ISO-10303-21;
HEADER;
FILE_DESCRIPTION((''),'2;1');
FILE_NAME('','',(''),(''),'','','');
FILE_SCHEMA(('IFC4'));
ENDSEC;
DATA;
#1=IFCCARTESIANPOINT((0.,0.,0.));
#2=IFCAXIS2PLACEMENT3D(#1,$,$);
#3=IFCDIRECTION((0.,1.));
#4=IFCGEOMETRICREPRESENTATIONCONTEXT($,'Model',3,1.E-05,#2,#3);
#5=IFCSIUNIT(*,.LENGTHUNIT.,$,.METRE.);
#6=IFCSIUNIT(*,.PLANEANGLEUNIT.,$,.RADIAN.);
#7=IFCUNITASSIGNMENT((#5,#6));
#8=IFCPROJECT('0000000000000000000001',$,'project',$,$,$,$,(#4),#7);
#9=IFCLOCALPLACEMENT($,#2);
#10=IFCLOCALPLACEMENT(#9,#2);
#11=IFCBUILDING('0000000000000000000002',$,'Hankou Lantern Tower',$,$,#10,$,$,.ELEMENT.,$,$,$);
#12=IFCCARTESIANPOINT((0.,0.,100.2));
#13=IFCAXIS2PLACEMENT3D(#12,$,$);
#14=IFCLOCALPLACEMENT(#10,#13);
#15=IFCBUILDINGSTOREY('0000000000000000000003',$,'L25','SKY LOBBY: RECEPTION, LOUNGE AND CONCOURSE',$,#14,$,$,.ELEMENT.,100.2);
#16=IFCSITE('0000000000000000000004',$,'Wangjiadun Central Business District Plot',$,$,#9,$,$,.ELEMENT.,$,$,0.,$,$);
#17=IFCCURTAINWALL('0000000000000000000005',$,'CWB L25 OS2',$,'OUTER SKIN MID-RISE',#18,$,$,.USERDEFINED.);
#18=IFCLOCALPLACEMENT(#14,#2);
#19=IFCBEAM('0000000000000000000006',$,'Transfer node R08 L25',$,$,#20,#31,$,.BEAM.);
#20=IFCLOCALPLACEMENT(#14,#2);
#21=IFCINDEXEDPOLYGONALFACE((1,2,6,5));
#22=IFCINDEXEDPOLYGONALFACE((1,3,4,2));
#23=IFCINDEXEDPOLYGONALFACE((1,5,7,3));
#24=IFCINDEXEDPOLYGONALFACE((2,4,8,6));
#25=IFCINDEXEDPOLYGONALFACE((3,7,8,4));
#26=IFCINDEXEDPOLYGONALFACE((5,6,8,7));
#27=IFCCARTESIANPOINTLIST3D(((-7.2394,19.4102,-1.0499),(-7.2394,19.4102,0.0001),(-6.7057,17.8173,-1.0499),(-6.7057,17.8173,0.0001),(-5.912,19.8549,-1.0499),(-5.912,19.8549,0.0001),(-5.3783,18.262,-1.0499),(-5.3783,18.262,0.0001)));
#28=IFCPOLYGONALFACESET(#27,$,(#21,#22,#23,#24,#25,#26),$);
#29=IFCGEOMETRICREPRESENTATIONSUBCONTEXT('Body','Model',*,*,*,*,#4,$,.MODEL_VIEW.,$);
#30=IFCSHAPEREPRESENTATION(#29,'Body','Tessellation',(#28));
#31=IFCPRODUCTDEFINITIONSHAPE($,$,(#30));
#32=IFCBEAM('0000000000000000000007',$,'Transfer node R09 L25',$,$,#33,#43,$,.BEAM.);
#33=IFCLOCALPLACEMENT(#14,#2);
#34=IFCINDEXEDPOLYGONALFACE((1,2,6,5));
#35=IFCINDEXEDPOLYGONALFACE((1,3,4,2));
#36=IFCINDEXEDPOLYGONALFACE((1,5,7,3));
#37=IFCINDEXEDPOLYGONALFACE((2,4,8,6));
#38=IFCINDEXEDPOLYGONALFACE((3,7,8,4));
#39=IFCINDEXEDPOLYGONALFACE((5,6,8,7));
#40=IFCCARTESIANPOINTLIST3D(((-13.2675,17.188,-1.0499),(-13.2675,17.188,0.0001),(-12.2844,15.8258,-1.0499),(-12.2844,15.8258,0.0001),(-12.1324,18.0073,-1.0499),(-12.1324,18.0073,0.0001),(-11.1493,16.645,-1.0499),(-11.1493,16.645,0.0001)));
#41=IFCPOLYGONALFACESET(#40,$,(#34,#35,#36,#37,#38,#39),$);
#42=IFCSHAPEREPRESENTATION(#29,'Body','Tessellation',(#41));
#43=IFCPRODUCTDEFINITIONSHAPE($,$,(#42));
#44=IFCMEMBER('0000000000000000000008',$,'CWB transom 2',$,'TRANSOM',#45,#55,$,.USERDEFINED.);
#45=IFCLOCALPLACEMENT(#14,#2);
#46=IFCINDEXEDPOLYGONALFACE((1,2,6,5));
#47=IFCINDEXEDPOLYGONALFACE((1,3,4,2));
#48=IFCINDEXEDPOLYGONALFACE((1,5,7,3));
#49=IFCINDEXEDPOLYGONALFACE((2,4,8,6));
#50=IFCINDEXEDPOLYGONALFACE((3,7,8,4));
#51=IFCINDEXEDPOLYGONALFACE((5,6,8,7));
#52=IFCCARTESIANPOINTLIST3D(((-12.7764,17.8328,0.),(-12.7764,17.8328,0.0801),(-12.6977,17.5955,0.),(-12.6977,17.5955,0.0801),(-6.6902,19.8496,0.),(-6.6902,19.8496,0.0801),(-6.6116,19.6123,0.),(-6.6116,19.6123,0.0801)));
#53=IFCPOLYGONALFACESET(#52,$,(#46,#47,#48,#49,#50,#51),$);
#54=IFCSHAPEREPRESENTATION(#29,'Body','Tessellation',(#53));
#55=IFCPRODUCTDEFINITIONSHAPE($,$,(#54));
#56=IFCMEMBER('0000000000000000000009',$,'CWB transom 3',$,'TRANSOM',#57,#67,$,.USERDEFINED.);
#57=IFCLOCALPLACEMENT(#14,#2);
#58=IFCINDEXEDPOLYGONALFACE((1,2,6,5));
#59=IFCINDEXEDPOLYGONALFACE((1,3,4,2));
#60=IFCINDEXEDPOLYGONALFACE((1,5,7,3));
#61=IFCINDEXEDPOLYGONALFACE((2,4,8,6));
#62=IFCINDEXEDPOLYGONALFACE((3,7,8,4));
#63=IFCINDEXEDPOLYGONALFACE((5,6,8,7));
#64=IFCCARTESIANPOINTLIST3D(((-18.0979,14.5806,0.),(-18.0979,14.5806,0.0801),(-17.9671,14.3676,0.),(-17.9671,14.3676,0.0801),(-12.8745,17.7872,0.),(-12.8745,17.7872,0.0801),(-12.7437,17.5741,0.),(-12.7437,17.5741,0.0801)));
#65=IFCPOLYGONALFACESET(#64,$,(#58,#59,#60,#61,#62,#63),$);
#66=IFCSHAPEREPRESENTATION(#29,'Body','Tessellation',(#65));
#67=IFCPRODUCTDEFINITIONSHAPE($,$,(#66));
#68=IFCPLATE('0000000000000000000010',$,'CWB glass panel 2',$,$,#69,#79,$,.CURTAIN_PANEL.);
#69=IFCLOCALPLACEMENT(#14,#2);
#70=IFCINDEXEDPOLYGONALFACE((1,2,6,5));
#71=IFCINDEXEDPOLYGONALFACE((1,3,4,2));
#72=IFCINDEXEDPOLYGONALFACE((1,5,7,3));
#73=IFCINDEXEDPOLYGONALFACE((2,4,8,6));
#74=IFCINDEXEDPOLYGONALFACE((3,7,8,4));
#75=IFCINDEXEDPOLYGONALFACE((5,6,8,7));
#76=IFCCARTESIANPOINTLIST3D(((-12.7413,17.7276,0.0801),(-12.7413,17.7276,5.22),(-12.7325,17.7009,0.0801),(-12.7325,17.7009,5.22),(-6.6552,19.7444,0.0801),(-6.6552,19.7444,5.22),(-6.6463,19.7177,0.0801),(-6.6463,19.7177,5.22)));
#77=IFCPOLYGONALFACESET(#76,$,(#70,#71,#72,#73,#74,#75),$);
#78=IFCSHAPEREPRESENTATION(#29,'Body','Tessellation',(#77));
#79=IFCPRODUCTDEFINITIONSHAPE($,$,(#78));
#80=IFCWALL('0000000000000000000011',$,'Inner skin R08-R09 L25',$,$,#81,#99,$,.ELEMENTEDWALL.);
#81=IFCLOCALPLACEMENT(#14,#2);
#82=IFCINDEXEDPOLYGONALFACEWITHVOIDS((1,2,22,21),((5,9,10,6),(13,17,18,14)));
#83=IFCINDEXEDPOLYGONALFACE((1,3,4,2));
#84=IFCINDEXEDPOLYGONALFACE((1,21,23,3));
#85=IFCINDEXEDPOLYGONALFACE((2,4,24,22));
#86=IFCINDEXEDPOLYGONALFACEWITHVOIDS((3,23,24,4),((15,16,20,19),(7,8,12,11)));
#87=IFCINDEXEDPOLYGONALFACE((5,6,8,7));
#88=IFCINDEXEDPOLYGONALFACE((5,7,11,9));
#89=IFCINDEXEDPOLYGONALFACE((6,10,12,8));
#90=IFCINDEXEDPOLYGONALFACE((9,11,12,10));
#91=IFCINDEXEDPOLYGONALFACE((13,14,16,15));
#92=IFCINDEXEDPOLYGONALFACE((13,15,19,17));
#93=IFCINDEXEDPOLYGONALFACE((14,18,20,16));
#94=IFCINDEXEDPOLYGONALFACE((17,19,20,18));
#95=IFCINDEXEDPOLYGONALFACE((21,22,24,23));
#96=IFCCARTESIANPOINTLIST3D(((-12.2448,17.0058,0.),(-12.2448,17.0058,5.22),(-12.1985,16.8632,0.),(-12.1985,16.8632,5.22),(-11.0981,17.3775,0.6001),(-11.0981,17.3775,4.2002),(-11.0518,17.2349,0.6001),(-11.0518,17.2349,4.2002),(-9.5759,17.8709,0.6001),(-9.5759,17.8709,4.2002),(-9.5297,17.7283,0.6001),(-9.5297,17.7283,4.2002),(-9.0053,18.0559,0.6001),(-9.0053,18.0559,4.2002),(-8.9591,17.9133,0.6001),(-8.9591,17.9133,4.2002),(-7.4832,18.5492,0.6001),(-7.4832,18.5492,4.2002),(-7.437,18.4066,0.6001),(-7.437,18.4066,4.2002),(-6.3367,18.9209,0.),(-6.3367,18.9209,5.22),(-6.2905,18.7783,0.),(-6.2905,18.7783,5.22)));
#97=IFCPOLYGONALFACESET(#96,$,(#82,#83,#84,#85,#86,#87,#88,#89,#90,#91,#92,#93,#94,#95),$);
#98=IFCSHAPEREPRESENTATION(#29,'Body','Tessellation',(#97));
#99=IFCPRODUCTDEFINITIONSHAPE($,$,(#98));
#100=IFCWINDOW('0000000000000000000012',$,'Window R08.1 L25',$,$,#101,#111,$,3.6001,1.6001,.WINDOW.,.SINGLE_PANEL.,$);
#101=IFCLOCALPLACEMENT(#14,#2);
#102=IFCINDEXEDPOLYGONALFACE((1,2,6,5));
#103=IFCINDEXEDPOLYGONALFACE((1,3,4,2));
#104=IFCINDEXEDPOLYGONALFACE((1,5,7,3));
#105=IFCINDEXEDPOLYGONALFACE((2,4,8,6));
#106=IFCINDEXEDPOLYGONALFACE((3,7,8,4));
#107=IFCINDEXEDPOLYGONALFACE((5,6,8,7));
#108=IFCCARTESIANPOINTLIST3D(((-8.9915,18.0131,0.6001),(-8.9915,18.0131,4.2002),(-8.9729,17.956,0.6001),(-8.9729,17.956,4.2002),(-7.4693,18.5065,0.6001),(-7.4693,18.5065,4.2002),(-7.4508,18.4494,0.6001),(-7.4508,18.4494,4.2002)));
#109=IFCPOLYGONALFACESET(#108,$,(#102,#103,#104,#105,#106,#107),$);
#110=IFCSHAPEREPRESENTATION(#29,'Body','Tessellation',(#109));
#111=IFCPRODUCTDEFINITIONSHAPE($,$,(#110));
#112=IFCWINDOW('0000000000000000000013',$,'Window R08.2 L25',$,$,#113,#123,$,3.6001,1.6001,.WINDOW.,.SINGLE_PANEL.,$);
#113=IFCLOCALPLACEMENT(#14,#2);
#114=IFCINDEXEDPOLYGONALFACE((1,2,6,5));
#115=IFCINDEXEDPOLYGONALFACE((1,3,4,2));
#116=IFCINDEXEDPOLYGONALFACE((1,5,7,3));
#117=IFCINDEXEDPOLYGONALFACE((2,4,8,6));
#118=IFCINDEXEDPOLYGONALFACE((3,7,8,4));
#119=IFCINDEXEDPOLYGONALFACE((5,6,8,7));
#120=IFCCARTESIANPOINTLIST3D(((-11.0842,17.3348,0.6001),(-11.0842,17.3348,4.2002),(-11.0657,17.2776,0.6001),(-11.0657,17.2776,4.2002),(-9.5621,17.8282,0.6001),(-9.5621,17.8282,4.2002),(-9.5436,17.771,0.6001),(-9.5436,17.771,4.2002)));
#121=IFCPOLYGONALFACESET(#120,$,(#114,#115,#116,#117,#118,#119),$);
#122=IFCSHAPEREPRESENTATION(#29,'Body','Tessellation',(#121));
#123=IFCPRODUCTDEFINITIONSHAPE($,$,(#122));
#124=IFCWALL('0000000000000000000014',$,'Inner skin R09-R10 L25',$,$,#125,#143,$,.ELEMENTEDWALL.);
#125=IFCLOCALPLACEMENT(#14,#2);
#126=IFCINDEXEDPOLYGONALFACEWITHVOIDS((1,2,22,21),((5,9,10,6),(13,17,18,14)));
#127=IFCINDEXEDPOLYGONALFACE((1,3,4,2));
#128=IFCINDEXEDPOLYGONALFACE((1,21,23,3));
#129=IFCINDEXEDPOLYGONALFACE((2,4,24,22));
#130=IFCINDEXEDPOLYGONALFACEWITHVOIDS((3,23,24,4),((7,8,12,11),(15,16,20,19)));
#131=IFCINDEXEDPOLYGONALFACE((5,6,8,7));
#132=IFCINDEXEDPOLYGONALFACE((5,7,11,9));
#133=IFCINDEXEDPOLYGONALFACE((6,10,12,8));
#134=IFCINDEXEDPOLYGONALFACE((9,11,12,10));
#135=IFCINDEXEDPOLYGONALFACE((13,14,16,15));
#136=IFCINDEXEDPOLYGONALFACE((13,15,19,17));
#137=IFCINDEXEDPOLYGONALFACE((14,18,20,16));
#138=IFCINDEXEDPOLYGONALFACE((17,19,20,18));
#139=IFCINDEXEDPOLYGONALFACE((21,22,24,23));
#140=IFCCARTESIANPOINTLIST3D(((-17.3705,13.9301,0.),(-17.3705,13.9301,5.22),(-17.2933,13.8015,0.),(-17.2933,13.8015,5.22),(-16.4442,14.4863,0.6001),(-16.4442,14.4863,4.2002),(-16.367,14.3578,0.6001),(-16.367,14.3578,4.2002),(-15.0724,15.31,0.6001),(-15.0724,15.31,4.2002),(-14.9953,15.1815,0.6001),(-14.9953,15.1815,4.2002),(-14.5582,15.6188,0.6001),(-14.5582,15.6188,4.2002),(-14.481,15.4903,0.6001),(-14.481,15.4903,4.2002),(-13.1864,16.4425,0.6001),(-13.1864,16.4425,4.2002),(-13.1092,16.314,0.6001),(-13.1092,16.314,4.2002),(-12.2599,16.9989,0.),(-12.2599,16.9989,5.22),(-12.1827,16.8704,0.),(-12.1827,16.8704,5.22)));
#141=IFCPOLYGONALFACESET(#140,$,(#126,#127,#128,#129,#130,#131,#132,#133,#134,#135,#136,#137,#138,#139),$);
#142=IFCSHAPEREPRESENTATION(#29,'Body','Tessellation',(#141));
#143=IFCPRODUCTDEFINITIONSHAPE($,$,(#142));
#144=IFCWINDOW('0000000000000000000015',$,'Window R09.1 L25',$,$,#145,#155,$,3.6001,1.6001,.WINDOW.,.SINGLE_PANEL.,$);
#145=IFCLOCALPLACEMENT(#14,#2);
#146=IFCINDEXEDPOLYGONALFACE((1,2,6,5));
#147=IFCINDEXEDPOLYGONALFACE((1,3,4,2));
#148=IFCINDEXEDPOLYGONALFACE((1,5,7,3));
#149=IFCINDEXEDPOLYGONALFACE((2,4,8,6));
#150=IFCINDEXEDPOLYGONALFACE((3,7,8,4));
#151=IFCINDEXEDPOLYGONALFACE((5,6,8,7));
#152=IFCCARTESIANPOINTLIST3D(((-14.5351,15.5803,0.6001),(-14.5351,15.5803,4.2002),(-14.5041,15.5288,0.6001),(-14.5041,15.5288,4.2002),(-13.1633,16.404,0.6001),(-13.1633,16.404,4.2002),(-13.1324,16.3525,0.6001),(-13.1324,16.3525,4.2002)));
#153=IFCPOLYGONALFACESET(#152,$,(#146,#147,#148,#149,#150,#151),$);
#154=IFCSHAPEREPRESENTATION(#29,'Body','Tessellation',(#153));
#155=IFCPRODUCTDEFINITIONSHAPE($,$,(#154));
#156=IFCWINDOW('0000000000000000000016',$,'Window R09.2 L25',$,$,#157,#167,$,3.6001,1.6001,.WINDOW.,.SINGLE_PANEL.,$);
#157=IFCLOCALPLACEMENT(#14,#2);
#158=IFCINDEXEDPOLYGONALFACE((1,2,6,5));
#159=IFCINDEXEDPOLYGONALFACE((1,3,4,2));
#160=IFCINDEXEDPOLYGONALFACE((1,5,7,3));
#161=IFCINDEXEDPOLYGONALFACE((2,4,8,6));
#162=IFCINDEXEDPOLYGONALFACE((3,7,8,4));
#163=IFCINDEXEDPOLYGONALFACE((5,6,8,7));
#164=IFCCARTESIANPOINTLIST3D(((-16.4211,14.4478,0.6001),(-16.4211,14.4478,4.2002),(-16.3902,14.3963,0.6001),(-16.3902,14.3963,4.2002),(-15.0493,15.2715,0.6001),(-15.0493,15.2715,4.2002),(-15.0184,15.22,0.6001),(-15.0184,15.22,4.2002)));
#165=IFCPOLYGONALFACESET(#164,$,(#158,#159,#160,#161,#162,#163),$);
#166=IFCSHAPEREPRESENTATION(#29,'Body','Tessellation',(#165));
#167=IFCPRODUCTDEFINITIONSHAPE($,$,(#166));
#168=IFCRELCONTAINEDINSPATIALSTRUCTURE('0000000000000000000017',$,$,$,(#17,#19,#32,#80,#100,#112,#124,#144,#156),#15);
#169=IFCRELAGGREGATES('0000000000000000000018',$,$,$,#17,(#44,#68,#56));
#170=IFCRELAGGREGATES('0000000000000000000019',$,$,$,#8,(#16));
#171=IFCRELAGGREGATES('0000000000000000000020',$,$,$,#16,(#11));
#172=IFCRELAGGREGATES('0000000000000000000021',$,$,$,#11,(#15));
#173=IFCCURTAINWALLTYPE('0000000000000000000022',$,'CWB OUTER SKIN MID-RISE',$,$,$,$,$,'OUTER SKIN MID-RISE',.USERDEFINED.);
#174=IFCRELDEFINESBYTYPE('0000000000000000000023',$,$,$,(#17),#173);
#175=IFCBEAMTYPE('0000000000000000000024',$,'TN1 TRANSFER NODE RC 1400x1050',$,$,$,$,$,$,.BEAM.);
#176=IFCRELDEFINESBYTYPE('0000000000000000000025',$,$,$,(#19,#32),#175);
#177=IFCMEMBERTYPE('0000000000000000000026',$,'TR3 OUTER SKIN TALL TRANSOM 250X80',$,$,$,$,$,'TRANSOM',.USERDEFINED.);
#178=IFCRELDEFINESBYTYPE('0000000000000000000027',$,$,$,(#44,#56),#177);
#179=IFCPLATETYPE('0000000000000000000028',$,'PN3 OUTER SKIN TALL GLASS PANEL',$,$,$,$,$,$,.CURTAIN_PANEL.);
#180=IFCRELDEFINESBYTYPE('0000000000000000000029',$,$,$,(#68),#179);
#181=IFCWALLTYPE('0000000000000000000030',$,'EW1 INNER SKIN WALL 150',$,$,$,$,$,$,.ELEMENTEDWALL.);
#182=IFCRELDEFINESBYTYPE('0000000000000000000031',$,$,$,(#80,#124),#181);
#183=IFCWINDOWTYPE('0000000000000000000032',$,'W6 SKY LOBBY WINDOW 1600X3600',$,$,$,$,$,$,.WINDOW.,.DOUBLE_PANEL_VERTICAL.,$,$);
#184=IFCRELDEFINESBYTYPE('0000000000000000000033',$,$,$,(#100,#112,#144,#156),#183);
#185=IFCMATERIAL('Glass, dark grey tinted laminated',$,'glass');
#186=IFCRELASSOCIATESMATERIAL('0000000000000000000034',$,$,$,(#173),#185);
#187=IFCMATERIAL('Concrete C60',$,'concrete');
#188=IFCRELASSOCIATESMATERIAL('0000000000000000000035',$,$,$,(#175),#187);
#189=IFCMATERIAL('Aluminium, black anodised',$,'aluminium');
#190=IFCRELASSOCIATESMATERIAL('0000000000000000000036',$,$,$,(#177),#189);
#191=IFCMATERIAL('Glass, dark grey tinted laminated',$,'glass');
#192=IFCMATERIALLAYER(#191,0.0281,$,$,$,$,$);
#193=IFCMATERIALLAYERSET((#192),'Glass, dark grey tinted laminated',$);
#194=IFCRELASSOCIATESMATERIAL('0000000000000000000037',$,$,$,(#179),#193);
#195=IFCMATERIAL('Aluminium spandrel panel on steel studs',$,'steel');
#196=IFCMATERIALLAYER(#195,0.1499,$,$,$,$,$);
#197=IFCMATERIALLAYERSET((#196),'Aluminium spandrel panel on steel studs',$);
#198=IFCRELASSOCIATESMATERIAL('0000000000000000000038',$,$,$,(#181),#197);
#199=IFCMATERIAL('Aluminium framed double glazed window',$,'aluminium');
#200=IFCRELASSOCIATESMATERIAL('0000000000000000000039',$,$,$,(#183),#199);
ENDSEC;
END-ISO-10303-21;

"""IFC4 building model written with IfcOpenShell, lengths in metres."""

from ifc_helpers import new_model, si_unit, direction, frame, frame_2d, origin, origin_2d, place, context, subcontext, project, spatial, rectangle, extrude, material, layer, layer_set, material_profile, profile_set, type_object, element, fill, aggregate, save


model = new_model("IFC4")

# Units and contexts
model_context = context("Model", 3, precision=1e-05, world=origin(), true_north=direction((0.0, 1.0)))
body_context = subcontext(model_context, "Body", "Model", "MODEL_VIEW")
ifc_project = project(units=[si_unit("LENGTHUNIT", "METRE"), si_unit("PLANEANGLEUNIT", "RADIAN")], contexts=[model_context])

# Site, building, storey
site_placement = place(None, origin())
site = spatial("IfcSite", under=ifc_project, at=site_placement, Name="Wangjiadun Central Business District Plot", CompositionType="ELEMENT", RefElevation=0.0)
building_placement = place(site_placement, origin())
building = spatial("IfcBuilding", under=site, at=building_placement, Name="Hankou Lantern Tower", CompositionType="ELEMENT")
storey_placement = place(building_placement, frame((0.0, 0.0, 100.2)))
storey = spatial("IfcBuildingStorey", under=building, at=storey_placement, Name="L25", Description="SKY LOBBY: RECEPTION, LOUNGE AND CONCOURSE", CompositionType="ELEMENT", Elevation=100.2)

# Curtain wall
ifc_material_1 = material(Name="Glass, dark grey tinted laminated", Category="glass")
curtain_wall_type = type_object("IfcCurtainWallType", Name="CWB OUTER SKIN MID-RISE", ElementType="OUTER SKIN MID-RISE", PredefinedType="USERDEFINED", material=ifc_material_1)
curtain_wall_placement = place(storey_placement, origin())
curtain_wall = element("IfcCurtainWall", 1, at=curtain_wall_placement, inside=storey, type_object=curtain_wall_type, Name="CWB L25 OS2", ObjectType="OUTER SKIN MID-RISE", PredefinedType="USERDEFINED")

# Beams
ifc_material_2 = material(Name="Concrete C60", Category="concrete")
ifc_material_profile_1 = material_profile(ifc_material_2, rectangle(XDim=1.3999, YDim=1.05, at=origin_2d()), Name="RC 1400x1050")
ifc_profile_set_1 = profile_set([ifc_material_profile_1], Name="Concrete C60")
beam_type_1 = type_object("IfcBeamType", Name="TN1 TRANSFER NODE RC 1400x1050", PredefinedType="BEAM", material=ifc_profile_set_1)
for number, where, z_axis, x_axis, name in (
    (2, (-6.5757, 19.6326, -0.5249), (0.317666, -0.948203, 0.0), (0.948203, 0.317666, 0.0), "Transfer node R08 L25"),
    (3, (-12.7, 17.5977, -0.5249), (0.585204, -0.810886, 0.0), (0.810886, 0.585204, 0.0), "Transfer node R09 L25"),
):
    element("IfcBeam", number, at=place(storey_placement, frame(where, z_axis=z_axis, x_axis=x_axis)), inside=storey, type_object=beam_type_1, Name=name, PredefinedType="BEAM", context=body_context, shape_type="SweptSolid", body=[
        extrude(rectangle(XDim=1.3999, YDim=1.05, at=origin_2d()), origin(), (0.0, 0.0, 1.0), 1.6799),
    ])

# Members
ifc_material_3 = material(Name="Aluminium, black anodised", Category="aluminium")
ifc_material_profile_2 = material_profile(ifc_material_3, rectangle(XDim=0.25, YDim=0.0801, at=origin_2d()), Name="TR3 250X80")
ifc_profile_set_2 = profile_set([ifc_material_profile_2], Name="Aluminium, black anodised")
member_type_1 = type_object("IfcMemberType", Name="TR3 OUTER SKIN TALL TRANSOM 250X80", ElementType="TRANSOM", PredefinedType="USERDEFINED", material=ifc_profile_set_2)
member_1_placement = place(storey_placement, frame((-6.6509, 19.731, 0.04), z_axis=(-0.949238, -0.314559, 0.0), x_axis=(0.314559, -0.949238, 0.0)))
member_1 = element("IfcMember", 4, at=member_1_placement, type_object=member_type_1, Name="CWB transom 2", ObjectType="TRANSOM", PredefinedType="USERDEFINED", context=body_context, shape_type="SweptSolid", body=[
    extrude(rectangle(XDim=0.25, YDim=0.0801, at=origin_2d()), origin(), (0.0, 0.0, 1.0), 6.4116),
])
member_2_placement = place(storey_placement, frame((-12.8091, 17.6807, 0.04), z_axis=(-0.852229, -0.523168, 0.0), x_axis=(0.523168, -0.852229, 0.0)))
member_2 = element("IfcMember", 5, at=member_2_placement, type_object=member_type_1, Name="CWB transom 3", ObjectType="TRANSOM", PredefinedType="USERDEFINED", context=body_context, shape_type="SweptSolid", body=[
    extrude(rectangle(XDim=0.25, YDim=0.0801, at=origin_2d()), origin(), (0.0, 0.0, 1.0), 6.1292),
])

# Plate
ifc_material_4 = material(Name="Glass, dark grey tinted laminated", Category="glass")
ifc_layer_1 = layer(ifc_material_4, 0.0281)
ifc_layer_set_1 = layer_set([ifc_layer_1], Name="Glass, dark grey tinted laminated")
plate_type = type_object("IfcPlateType", Name="PN3 OUTER SKIN TALL GLASS PANEL", PredefinedType="CURTAIN_PANEL", material=ifc_layer_set_1)
plate_placement = place(storey_placement, frame((-9.6938, 18.7227, 0.0801), z_axis=(0.0, 0.0, 1.0), x_axis=(-0.949241, -0.314551, 0.0)))
plate = element("IfcPlate", 6, at=plate_placement, type_object=plate_type, Name="CWB glass panel 2", PredefinedType="CURTAIN_PANEL", context=body_context, shape_type="SweptSolid", body=[
    extrude(rectangle(XDim=6.4116, YDim=0.0281, at=origin_2d()), origin(), (0.0, 0.0, 1.0), 5.1399),
])
aggregate(curtain_wall, [member_1, plate, member_2])

# Walls, openings, windows
ifc_material_5 = material(Name="Aluminium spandrel panel on steel studs", Category="steel")
ifc_layer_2 = layer(ifc_material_5, 0.1499)
ifc_layer_set_2 = layer_set([ifc_layer_2], Name="Aluminium spandrel panel on steel studs")
wall_type = type_object("IfcWallType", Name="EW1 INNER SKIN WALL 150", PredefinedType="ELEMENTEDWALL", material=ifc_layer_set_2)
wall_1_placement = place(storey_placement, frame((-6.3135, 18.8496, 0.0), z_axis=(0.0, 0.0, 1.0), x_axis=(-0.951273, -0.308351, 0.0)))
wall_1 = element("IfcWall", 7, at=wall_1_placement, inside=storey, type_object=wall_type, Name="Inner skin R08-R09 L25", PredefinedType="ELEMENTEDWALL", context=body_context, shape_type="SweptSolid", body=[
    extrude(rectangle(XDim=6.2107, YDim=0.1499, at=frame_2d((3.1055, 0.0))), origin(), (0.0, 0.0, 1.0), 5.22),
])
opening_1_placement = place(wall_1_placement, frame((1.2053, 0.0, 0.6001)))
opening_1 = element("IfcOpeningElement", 8, at=opening_1_placement, cuts=wall_1, PredefinedType="OPENING", context=body_context, shape_type="SweptSolid", body=[
    extrude(rectangle(XDim=1.6001, YDim=3.6001, at=frame_2d((0.8, 1.8))), frame((0.0, 0.085, 0.0), z_axis=(0.0, -1.0, 0.0), x_axis=(1.0, 0.0, 0.0)), (0.0, 0.0, 1.0), 0.1699),
])
opening_2_placement = place(wall_1_placement, frame((3.4053, 0.0, 0.6001)))
opening_2 = element("IfcOpeningElement", 9, at=opening_2_placement, cuts=wall_1, PredefinedType="OPENING", context=body_context, shape_type="SweptSolid", body=[
    extrude(rectangle(XDim=1.6001, YDim=3.6001, at=frame_2d((0.8, 1.8))), frame((0.0, 0.085, 0.0), z_axis=(0.0, -1.0, 0.0), x_axis=(1.0, 0.0, 0.0)), (0.0, 0.0, 1.0), 0.1699),
])
ifc_material_6 = material(Name="Aluminium framed double glazed window", Category="aluminium")
window_type = type_object("IfcWindowType", Name="W6 SKY LOBBY WINDOW 1600X3600", PartitioningType="DOUBLE_PANEL_VERTICAL", PredefinedType="WINDOW", material=ifc_material_6)
window_1_placement = place(opening_1_placement, origin())
window_1 = element("IfcWindow", 10, at=window_1_placement, inside=storey, type_object=window_type, Name="Window R08.1 L25", OverallHeight=3.6001, OverallWidth=1.6001, PartitioningType="SINGLE_PANEL", PredefinedType="WINDOW", context=body_context, shape_type="SweptSolid", body=[
    extrude(rectangle(XDim=1.6001, YDim=3.6001, at=frame_2d((0.8, 1.8))), frame((0.0, 0.03, 0.0), z_axis=(0.0, -1.0, 0.0), x_axis=(1.0, 0.0, 0.0)), (0.0, 0.0, 1.0), 0.0601),
])
fill(opening_1, window_1)
window_2_placement = place(opening_2_placement, origin())
window_2 = element("IfcWindow", 11, at=window_2_placement, inside=storey, type_object=window_type, Name="Window R08.2 L25", OverallHeight=3.6001, OverallWidth=1.6001, PartitioningType="SINGLE_PANEL", PredefinedType="WINDOW", context=body_context, shape_type="SweptSolid", body=[
    extrude(rectangle(XDim=1.6001, YDim=3.6001, at=frame_2d((0.8, 1.8))), frame((0.0, 0.03, 0.0), z_axis=(0.0, -1.0, 0.0), x_axis=(1.0, 0.0, 0.0)), (0.0, 0.0, 1.0), 0.0601),
])
fill(opening_2, window_2)
wall_2_placement = place(storey_placement, frame((-12.2214, 16.9346, 0.0), z_axis=(0.0, 0.0, 1.0), x_axis=(-0.857309, -0.514803, 0.0)))
wall_2 = element("IfcWall", 12, at=wall_2_placement, inside=storey, type_object=wall_type, Name="Inner skin R09-R10 L25", PredefinedType="ELEMENTEDWALL", context=body_context, shape_type="SweptSolid", body=[
    extrude(rectangle(XDim=5.9612, YDim=0.1499, at=frame_2d((2.9805, 0.0))), origin(), (0.0, 0.0, 1.0), 5.22),
])
opening_3_placement = place(wall_2_placement, frame((1.0806, 0.0, 0.6001)))
opening_3 = element("IfcOpeningElement", 13, at=opening_3_placement, cuts=wall_2, PredefinedType="OPENING", context=body_context, shape_type="SweptSolid", body=[
    extrude(rectangle(XDim=1.6001, YDim=3.6001, at=frame_2d((0.8, 1.8))), frame((0.0, 0.085, 0.0), z_axis=(0.0, -1.0, 0.0), x_axis=(1.0, 0.0, 0.0)), (0.0, 0.0, 1.0), 0.1699),
])
opening_4_placement = place(wall_2_placement, frame((3.2805, 0.0, 0.6001)))
opening_4 = element("IfcOpeningElement", 14, at=opening_4_placement, cuts=wall_2, PredefinedType="OPENING", context=body_context, shape_type="SweptSolid", body=[
    extrude(rectangle(XDim=1.6001, YDim=3.6001, at=frame_2d((0.8, 1.8))), frame((0.0, 0.085, 0.0), z_axis=(0.0, -1.0, 0.0), x_axis=(1.0, 0.0, 0.0)), (0.0, 0.0, 1.0), 0.1699),
])
window_3_placement = place(opening_3_placement, origin())
window_3 = element("IfcWindow", 15, at=window_3_placement, inside=storey, type_object=window_type, Name="Window R09.1 L25", OverallHeight=3.6001, OverallWidth=1.6001, PartitioningType="SINGLE_PANEL", PredefinedType="WINDOW", context=body_context, shape_type="SweptSolid", body=[
    extrude(rectangle(XDim=1.6001, YDim=3.6001, at=frame_2d((0.8, 1.8))), frame((0.0, 0.03, 0.0), z_axis=(0.0, -1.0, 0.0), x_axis=(1.0, 0.0, 0.0)), (0.0, 0.0, 1.0), 0.0601),
])
fill(opening_3, window_3)
window_4_placement = place(opening_4_placement, origin())
window_4 = element("IfcWindow", 16, at=window_4_placement, inside=storey, type_object=window_type, Name="Window R09.2 L25", OverallHeight=3.6001, OverallWidth=1.6001, PartitioningType="SINGLE_PANEL", PredefinedType="WINDOW", context=body_context, shape_type="SweptSolid", body=[
    extrude(rectangle(XDim=1.6001, YDim=3.6001, at=frame_2d((0.8, 1.8))), frame((0.0, 0.03, 0.0), z_axis=(0.0, -1.0, 0.0), x_axis=(1.0, 0.0, 0.0)), (0.0, 0.0, 1.0), 0.0601),
])
fill(opening_4, window_4)

save(model, "model.ifc")
